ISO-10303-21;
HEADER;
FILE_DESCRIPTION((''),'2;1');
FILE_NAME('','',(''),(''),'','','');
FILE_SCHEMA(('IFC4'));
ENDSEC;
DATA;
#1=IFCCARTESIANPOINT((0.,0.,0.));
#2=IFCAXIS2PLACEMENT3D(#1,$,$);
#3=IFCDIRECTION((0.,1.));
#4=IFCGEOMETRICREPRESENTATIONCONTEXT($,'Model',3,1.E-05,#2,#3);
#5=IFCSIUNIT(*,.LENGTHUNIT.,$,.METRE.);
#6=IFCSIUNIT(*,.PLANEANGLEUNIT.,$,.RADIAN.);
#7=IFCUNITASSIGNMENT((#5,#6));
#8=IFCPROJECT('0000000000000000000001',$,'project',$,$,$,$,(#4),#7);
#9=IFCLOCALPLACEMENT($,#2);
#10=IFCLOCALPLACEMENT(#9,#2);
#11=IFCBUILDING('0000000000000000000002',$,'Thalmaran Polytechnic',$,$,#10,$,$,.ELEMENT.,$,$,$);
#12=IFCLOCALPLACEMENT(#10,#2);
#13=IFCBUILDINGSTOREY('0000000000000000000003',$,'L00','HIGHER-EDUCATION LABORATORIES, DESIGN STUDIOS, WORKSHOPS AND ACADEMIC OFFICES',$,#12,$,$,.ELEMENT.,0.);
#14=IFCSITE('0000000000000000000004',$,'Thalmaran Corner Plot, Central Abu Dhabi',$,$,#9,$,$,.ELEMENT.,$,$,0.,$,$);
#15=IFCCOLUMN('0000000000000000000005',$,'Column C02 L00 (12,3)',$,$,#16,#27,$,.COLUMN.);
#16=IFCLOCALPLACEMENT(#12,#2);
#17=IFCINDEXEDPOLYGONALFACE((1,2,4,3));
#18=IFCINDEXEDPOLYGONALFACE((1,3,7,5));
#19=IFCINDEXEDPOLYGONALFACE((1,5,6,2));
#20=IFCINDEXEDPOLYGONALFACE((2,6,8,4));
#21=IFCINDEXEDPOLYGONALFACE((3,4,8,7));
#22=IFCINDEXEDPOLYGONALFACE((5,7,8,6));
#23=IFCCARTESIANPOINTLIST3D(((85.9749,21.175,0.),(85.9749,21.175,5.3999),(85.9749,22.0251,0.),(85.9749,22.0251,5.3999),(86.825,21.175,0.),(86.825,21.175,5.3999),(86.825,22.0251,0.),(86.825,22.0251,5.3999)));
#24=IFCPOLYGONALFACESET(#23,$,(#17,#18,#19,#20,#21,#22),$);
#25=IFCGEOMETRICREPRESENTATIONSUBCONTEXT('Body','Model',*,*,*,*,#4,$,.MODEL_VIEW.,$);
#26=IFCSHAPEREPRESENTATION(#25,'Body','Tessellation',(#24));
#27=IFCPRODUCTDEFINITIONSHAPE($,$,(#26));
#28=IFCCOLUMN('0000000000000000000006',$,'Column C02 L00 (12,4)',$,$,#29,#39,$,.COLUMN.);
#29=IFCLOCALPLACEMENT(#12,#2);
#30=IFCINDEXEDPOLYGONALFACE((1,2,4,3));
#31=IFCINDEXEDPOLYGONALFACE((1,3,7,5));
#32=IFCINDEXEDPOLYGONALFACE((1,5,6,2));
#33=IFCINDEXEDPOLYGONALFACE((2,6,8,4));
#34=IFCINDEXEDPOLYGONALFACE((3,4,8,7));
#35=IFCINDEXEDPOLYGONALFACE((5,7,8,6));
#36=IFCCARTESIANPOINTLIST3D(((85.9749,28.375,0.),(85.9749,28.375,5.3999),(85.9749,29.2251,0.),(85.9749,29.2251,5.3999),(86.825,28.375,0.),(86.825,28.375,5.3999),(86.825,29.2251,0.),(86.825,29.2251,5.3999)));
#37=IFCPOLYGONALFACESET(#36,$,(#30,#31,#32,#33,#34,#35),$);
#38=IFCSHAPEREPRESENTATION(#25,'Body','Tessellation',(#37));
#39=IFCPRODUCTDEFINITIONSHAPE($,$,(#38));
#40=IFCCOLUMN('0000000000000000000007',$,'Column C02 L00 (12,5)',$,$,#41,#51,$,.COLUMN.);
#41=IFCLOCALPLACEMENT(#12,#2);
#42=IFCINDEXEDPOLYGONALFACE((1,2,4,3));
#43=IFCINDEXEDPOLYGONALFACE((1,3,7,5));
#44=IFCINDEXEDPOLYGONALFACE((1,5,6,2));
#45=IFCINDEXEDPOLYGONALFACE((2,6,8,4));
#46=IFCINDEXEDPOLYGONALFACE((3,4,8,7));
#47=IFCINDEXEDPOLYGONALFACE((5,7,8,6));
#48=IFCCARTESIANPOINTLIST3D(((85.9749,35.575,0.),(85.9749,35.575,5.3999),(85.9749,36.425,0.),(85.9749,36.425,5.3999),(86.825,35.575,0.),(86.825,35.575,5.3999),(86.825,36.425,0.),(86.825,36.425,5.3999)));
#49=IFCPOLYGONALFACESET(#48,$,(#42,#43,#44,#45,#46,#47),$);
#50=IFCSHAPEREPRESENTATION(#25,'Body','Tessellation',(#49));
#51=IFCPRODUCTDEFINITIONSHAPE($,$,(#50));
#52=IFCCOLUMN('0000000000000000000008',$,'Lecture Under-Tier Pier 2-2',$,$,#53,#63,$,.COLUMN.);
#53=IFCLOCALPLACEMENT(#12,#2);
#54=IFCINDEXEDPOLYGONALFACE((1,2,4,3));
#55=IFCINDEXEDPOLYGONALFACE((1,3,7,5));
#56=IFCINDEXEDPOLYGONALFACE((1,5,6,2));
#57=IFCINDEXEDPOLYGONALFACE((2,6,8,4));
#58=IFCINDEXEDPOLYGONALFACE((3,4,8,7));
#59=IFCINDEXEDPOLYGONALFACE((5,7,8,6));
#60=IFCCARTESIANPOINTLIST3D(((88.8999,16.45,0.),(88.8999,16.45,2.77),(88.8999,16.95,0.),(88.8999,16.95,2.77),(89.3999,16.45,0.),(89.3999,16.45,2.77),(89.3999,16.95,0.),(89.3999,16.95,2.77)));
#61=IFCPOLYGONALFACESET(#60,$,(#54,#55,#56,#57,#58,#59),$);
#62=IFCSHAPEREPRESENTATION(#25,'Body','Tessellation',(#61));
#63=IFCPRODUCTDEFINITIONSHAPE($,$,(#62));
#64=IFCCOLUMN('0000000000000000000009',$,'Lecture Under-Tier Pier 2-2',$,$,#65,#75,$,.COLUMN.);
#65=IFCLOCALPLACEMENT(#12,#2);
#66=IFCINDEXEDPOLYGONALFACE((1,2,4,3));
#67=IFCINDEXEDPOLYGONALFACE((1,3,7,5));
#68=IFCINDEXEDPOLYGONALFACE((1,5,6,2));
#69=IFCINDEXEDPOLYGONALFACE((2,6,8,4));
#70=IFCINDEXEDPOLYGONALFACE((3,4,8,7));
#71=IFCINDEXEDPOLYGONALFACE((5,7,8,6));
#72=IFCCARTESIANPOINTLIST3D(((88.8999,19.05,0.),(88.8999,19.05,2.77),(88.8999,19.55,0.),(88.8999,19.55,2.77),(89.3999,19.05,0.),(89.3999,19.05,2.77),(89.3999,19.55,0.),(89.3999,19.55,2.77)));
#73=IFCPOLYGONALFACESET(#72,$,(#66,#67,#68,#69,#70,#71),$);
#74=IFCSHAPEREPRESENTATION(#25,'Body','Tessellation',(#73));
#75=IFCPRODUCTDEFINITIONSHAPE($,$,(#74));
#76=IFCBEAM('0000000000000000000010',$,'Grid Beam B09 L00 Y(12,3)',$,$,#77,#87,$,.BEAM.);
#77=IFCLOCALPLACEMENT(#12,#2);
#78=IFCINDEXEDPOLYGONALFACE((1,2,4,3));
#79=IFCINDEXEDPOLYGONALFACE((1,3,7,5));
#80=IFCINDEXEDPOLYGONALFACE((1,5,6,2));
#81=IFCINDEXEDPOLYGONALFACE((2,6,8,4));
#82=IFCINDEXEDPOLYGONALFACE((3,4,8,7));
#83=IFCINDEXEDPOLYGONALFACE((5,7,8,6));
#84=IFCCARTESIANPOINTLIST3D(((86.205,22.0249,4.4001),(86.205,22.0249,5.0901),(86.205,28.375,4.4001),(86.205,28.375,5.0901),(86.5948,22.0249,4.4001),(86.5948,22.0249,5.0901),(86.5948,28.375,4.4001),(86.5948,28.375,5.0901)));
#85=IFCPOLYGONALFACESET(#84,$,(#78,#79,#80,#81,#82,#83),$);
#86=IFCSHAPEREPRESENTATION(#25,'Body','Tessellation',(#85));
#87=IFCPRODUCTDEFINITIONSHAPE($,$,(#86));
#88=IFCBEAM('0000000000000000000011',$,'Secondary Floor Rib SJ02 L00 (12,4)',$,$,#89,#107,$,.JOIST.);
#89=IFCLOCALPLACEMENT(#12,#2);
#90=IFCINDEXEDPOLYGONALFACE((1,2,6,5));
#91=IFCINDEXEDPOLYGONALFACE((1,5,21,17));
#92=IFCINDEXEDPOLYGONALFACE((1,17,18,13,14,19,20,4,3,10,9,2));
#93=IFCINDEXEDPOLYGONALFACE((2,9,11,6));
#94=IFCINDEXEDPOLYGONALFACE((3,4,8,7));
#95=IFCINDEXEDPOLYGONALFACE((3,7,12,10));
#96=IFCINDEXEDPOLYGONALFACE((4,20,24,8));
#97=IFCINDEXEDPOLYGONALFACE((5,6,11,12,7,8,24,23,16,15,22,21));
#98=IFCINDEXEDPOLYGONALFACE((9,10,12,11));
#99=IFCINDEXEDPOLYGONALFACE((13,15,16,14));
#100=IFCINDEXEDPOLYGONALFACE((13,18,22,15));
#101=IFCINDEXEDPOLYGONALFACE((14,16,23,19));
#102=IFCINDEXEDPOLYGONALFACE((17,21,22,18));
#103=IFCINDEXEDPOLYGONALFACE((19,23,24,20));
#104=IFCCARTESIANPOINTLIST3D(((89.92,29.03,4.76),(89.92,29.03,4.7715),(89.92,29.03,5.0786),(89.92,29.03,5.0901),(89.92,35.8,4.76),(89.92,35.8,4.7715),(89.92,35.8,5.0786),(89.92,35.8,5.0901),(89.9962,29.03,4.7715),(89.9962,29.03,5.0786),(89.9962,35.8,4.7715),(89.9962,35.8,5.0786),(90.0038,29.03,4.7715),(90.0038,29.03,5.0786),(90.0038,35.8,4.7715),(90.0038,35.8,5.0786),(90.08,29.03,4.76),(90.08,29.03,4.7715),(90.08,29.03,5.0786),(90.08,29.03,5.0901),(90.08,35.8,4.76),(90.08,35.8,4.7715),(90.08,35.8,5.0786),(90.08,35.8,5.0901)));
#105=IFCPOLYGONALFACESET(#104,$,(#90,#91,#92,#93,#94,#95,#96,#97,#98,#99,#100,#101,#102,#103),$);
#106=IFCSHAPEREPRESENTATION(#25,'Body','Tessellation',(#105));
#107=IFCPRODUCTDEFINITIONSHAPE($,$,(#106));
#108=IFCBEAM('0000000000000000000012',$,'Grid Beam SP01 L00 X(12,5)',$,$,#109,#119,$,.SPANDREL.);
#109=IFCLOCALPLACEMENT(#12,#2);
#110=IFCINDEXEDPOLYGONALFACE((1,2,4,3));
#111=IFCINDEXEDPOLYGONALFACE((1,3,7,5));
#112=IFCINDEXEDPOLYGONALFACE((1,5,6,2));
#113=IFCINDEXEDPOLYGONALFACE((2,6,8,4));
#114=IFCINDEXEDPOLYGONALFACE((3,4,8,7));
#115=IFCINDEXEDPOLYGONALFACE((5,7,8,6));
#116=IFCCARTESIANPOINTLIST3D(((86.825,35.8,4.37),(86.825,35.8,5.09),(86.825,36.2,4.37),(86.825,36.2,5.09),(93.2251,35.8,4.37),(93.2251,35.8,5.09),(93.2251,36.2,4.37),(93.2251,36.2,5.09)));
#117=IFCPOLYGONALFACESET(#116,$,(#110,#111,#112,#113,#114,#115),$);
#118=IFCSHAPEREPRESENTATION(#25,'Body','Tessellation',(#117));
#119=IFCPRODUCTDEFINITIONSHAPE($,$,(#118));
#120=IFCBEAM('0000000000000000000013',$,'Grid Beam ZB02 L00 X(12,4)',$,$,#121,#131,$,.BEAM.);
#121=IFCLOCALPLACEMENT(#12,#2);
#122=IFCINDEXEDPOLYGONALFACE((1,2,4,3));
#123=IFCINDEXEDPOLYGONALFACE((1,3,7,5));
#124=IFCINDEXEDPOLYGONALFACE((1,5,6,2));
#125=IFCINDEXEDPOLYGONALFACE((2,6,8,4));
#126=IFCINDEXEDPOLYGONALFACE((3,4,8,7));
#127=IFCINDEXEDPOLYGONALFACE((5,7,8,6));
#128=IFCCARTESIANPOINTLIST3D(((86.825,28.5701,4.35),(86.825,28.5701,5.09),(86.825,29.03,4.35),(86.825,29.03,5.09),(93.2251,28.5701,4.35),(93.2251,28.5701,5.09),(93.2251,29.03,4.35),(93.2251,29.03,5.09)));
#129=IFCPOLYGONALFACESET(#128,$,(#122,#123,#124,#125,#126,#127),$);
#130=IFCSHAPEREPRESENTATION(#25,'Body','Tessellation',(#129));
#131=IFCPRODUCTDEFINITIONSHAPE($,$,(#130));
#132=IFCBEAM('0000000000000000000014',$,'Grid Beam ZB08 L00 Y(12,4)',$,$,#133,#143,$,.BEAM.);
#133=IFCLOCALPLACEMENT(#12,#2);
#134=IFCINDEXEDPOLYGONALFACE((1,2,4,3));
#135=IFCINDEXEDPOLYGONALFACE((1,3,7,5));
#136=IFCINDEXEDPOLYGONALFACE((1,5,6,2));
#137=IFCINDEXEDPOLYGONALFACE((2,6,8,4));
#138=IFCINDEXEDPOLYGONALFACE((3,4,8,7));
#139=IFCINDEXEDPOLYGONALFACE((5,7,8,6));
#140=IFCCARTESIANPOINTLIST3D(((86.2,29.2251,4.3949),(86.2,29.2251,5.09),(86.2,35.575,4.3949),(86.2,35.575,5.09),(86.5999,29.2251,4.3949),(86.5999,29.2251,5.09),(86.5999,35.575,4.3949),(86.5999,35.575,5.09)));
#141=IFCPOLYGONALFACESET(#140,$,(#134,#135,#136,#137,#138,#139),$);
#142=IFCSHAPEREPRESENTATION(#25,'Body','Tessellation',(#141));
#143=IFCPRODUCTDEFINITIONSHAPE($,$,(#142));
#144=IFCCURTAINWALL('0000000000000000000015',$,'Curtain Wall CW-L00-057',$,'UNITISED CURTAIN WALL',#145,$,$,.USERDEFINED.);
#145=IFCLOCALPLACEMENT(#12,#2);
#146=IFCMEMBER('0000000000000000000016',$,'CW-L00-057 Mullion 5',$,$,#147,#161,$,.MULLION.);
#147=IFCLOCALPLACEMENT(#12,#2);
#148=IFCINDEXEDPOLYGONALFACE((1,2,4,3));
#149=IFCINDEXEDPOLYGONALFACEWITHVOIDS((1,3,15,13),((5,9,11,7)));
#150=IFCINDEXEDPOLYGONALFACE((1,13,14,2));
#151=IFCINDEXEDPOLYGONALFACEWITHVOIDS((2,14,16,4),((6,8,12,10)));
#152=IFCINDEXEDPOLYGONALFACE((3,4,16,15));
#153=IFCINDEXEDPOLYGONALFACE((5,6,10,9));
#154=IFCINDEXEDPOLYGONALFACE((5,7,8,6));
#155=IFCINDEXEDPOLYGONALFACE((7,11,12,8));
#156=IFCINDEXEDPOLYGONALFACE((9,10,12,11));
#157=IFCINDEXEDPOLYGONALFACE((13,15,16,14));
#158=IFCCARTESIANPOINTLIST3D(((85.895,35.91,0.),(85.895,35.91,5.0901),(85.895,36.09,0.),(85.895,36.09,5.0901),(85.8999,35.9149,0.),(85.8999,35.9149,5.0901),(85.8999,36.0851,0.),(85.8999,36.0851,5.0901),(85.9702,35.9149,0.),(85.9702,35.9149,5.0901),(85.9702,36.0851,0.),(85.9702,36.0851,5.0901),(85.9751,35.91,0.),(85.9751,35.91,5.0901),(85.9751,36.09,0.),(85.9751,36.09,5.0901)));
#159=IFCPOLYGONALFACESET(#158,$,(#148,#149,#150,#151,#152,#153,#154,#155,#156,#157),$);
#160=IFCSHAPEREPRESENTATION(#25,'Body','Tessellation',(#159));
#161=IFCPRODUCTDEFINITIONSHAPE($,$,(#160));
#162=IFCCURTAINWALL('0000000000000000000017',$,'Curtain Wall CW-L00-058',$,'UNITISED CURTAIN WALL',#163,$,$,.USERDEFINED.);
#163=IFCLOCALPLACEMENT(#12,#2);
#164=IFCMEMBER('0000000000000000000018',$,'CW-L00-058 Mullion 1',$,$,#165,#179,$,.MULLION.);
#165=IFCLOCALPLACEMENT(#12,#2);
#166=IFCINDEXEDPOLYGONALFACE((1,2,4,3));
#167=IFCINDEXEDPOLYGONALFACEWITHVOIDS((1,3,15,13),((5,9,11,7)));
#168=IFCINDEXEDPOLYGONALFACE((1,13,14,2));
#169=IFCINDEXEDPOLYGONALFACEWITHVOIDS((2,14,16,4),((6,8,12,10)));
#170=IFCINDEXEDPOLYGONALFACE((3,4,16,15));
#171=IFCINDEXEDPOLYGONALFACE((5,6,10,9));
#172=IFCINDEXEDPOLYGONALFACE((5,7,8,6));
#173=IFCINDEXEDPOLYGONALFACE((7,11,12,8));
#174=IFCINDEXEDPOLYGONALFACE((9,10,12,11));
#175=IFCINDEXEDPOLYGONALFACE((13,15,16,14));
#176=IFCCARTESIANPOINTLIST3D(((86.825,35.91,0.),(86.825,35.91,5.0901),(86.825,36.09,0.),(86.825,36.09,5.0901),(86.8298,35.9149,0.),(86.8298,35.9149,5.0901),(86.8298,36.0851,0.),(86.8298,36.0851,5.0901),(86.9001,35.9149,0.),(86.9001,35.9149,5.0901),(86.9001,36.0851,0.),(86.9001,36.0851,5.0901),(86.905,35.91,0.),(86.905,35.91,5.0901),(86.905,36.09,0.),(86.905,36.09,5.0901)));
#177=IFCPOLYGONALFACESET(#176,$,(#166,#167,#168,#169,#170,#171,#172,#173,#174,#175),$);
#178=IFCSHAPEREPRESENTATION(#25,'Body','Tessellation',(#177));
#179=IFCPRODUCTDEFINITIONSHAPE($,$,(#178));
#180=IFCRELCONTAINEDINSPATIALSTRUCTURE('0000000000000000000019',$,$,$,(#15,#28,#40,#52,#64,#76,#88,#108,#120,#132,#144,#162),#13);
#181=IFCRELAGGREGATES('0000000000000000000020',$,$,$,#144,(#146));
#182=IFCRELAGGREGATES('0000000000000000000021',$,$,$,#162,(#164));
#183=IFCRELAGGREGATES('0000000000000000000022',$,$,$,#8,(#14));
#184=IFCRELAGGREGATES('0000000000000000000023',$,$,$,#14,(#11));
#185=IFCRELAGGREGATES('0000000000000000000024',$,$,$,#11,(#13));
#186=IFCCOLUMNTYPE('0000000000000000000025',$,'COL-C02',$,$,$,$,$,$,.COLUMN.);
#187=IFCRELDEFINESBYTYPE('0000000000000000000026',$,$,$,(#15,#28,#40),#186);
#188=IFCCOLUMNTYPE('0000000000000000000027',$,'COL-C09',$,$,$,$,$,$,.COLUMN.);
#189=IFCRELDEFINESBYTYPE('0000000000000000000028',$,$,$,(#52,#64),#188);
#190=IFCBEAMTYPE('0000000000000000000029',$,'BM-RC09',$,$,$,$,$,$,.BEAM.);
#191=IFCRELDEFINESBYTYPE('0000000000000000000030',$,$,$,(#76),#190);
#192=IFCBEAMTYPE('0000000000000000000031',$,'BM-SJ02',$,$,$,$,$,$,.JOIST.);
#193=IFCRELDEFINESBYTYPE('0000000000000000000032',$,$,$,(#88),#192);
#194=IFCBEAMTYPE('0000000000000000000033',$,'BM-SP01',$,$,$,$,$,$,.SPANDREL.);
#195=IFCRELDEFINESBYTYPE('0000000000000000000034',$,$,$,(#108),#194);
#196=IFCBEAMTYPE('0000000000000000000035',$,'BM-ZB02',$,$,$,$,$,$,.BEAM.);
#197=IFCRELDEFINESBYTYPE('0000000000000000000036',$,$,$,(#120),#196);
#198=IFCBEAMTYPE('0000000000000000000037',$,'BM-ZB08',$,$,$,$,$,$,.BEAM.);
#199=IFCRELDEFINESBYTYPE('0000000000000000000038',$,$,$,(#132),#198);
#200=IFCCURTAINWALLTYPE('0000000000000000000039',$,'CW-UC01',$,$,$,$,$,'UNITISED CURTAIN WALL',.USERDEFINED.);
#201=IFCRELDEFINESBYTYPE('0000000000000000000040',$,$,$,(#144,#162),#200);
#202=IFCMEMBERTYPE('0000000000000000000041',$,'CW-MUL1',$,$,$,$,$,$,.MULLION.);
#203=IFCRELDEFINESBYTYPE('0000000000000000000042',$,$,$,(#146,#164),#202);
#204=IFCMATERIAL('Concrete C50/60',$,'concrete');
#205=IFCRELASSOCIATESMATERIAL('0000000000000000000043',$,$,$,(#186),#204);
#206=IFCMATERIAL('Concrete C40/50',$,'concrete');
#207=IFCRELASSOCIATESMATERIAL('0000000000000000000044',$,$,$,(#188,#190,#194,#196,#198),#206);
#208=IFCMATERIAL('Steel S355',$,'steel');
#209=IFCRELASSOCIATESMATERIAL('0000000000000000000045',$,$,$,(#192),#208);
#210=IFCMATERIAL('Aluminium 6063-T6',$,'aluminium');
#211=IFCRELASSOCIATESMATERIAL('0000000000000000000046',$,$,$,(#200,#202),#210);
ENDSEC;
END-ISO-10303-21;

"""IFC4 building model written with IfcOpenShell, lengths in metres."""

from ifc_helpers import new_model, si_unit, direction, frame, origin, origin_2d, place, context, subcontext, project, spatial, rectangle, hollow_rectangle, i_section, extrude, material, material_profile, profile_set, type_object, element, aggregate, save


model = new_model("IFC4")

# Units and contexts
model_context = context("Model", 3, precision=1e-05, world=origin(), true_north=direction((0.0, 1.0)))
body_context = subcontext(model_context, "Body", "Model", "MODEL_VIEW")
ifc_project = project(units=[si_unit("LENGTHUNIT", "METRE"), si_unit("PLANEANGLEUNIT", "RADIAN")], contexts=[model_context])

# Site, building, storey
site_placement = place(None, origin())
site = spatial("IfcSite", under=ifc_project, at=site_placement, Name="Thalmaran Corner Plot, Central Abu Dhabi", CompositionType="ELEMENT", RefElevation=0.0)
building_placement = place(site_placement, origin())
building = spatial("IfcBuilding", under=site, at=building_placement, Name="Thalmaran Polytechnic", CompositionType="ELEMENT")
storey_placement = place(building_placement, origin())
storey = spatial("IfcBuildingStorey", under=building, at=storey_placement, Name="L00", Description="HIGHER-EDUCATION LABORATORIES, DESIGN STUDIOS, WORKSHOPS AND ACADEMIC OFFICES", CompositionType="ELEMENT", Elevation=0.0)

# Columns
ifc_material_1 = material(Name="Concrete C50/60", Category="concrete")
ifc_material_profile_1 = material_profile(ifc_material_1, rectangle(XDim=0.8501, YDim=0.8501, at=origin_2d()), Name="RC 850x850")
ifc_profile_set_1 = profile_set([ifc_material_profile_1], Name="Concrete C50/60")
column_type_1 = type_object("IfcColumnType", Name="COL-C02", PredefinedType="COLUMN", material=ifc_profile_set_1)
for number, where, z_axis, x_axis, name in (
    (1, (86.3999, 21.6001, 0.0), (0.0, 0.0, 1.0), (1.0, 0.0, 0.0), "Column C02 L00 (12,3)"),
    (2, (86.3999, 28.8, 0.0), (0.0, 0.0, 1.0), (1.0, 0.0, 0.0), "Column C02 L00 (12,4)"),
    (3, (86.3999, 36.0, 0.0), (0.0, 0.0, 1.0), (1.0, 0.0, 0.0), "Column C02 L00 (12,5)"),
):
    element("IfcColumn", number, at=place(storey_placement, frame(where, z_axis=z_axis, x_axis=x_axis)), inside=storey, type_object=column_type_1, Name=name, PredefinedType="COLUMN", context=body_context, shape_type="SweptSolid", body=[
        extrude(rectangle(XDim=0.8501, YDim=0.8501, at=origin_2d()), origin(), (0.0, 0.0, 1.0), 5.3999),
    ])
ifc_material_2 = material(Name="Concrete C40/50", Category="concrete")
ifc_material_profile_2 = material_profile(ifc_material_2, rectangle(XDim=0.5, YDim=0.5, at=origin_2d()), Name="RC 500x500")
ifc_profile_set_2 = profile_set([ifc_material_profile_2], Name="Concrete C40/50")
column_type_2 = type_object("IfcColumnType", Name="COL-C09", PredefinedType="COLUMN", material=ifc_profile_set_2)
for number, where, z_axis, x_axis, name in (
    (4, (89.1499, 16.7, 0.0), (0.0, 0.0, 1.0), (1.0, 0.0, 0.0), "Lecture Under-Tier Pier 2-2"),
    (5, (89.1499, 19.3, 0.0), (0.0, 0.0, 1.0), (1.0, 0.0, 0.0), "Lecture Under-Tier Pier 2-2"),
):
    element("IfcColumn", number, at=place(storey_placement, frame(where, z_axis=z_axis, x_axis=x_axis)), inside=storey, type_object=column_type_2, Name=name, PredefinedType="COLUMN", context=body_context, shape_type="SweptSolid", body=[
        extrude(rectangle(XDim=0.5, YDim=0.5, at=origin_2d()), origin(), (0.0, 0.0, 1.0), 2.77),
    ])

# Beams
ifc_material_profile_3 = material_profile(ifc_material_2, rectangle(XDim=0.3899, YDim=0.6899, at=origin_2d()), Name="RC 390x690")
ifc_profile_set_3 = profile_set([ifc_material_profile_3], Name="Concrete C40/50")
beam_type_1 = type_object("IfcBeamType", Name="BM-RC09", PredefinedType="BEAM", material=ifc_profile_set_3)
beam_1_placement = place(storey_placement, frame((86.3999, 22.0249, 4.7451), z_axis=(0.0, 1.0, 0.0), x_axis=(-1.0, 0.0, 0.0)))
element("IfcBeam", 6, at=beam_1_placement, inside=storey, type_object=beam_type_1, Name="Grid Beam B09 L00 Y(12,3)", PredefinedType="BEAM", context=body_context, shape_type="SweptSolid", body=[
    extrude(rectangle(XDim=0.3899, YDim=0.6899, at=origin_2d()), origin(), (0.0, 0.0, 1.0), 6.3501),
])
ifc_material_3 = material(Name="Steel S355", Category="steel")
ifc_material_profile_4 = material_profile(ifc_material_3, i_section(OverallWidth=0.1599, OverallDepth=0.3301, WebThickness=0.0076, FlangeThickness=0.0115, at=origin_2d()), Name="IPE 330")
ifc_profile_set_4 = profile_set([ifc_material_profile_4], Name="Steel S355")
beam_type_2 = type_object("IfcBeamType", Name="BM-SJ02", PredefinedType="JOIST", material=ifc_profile_set_4)
beam_2_placement = place(storey_placement, frame((90.0, 29.03, 4.925), z_axis=(0.0, 1.0, 0.0), x_axis=(-1.0, 0.0, 0.0)))
element("IfcBeam", 7, at=beam_2_placement, inside=storey, type_object=beam_type_2, Name="Secondary Floor Rib SJ02 L00 (12,4)", PredefinedType="JOIST", context=body_context, shape_type="SweptSolid", body=[
    extrude(i_section(OverallWidth=0.1599, OverallDepth=0.3301, WebThickness=0.0076, FlangeThickness=0.0115, at=origin_2d()), origin(), (0.0, 0.0, 1.0), 6.77),
])
ifc_material_profile_5 = material_profile(ifc_material_2, rectangle(XDim=0.3999, YDim=0.72, at=origin_2d()), Name="RC 400x720")
ifc_profile_set_5 = profile_set([ifc_material_profile_5], Name="Concrete C40/50")
beam_type_3 = type_object("IfcBeamType", Name="BM-SP01", PredefinedType="SPANDREL", material=ifc_profile_set_5)
beam_3_placement = place(storey_placement, frame((86.825, 36.0, 4.73), z_axis=(1.0, 0.0, 0.0), x_axis=(0.0, 1.0, 0.0)))
element("IfcBeam", 8, at=beam_3_placement, inside=storey, type_object=beam_type_3, Name="Grid Beam SP01 L00 X(12,5)", PredefinedType="SPANDREL", context=body_context, shape_type="SweptSolid", body=[
    extrude(rectangle(XDim=0.3999, YDim=0.72, at=origin_2d()), origin(), (0.0, 0.0, 1.0), 6.4001),
])
ifc_material_profile_6 = material_profile(ifc_material_2, rectangle(XDim=0.46, YDim=0.74, at=origin_2d()), Name="RC 460x740")
ifc_profile_set_6 = profile_set([ifc_material_profile_6], Name="Concrete C40/50")
beam_type_4 = type_object("IfcBeamType", Name="BM-ZB02", PredefinedType="BEAM", material=ifc_profile_set_6)
beam_4_placement = place(storey_placement, frame((86.825, 28.8, 4.72), z_axis=(1.0, 0.0, 0.0), x_axis=(0.0, 1.0, 0.0)))
element("IfcBeam", 9, at=beam_4_placement, inside=storey, type_object=beam_type_4, Name="Grid Beam ZB02 L00 X(12,4)", PredefinedType="BEAM", context=body_context, shape_type="SweptSolid", body=[
    extrude(rectangle(XDim=0.46, YDim=0.74, at=origin_2d()), origin(), (0.0, 0.0, 1.0), 6.4001),
])
ifc_material_profile_7 = material_profile(ifc_material_2, rectangle(XDim=0.3999, YDim=0.6951, at=origin_2d()), Name="RC 400x695")
ifc_profile_set_7 = profile_set([ifc_material_profile_7], Name="Concrete C40/50")
beam_type_5 = type_object("IfcBeamType", Name="BM-ZB08", PredefinedType="BEAM", material=ifc_profile_set_7)
beam_5_placement = place(storey_placement, frame((86.3999, 29.2251, 4.7424), z_axis=(0.0, 1.0, 0.0), x_axis=(-1.0, 0.0, 0.0)))
element("IfcBeam", 10, at=beam_5_placement, inside=storey, type_object=beam_type_5, Name="Grid Beam ZB08 L00 Y(12,4)", PredefinedType="BEAM", context=body_context, shape_type="SweptSolid", body=[
    extrude(rectangle(XDim=0.3999, YDim=0.6951, at=origin_2d()), origin(), (0.0, 0.0, 1.0), 6.3499),
])

# Curtain wall, member
ifc_material_4 = material(Name="Aluminium 6063-T6", Category="aluminium")
curtain_wall_type = type_object("IfcCurtainWallType", Name="CW-UC01", ElementType="UNITISED CURTAIN WALL", PredefinedType="USERDEFINED", material=ifc_material_4)
curtain_wall_1_placement = place(storey_placement, origin())
curtain_wall_1 = element("IfcCurtainWall", 11, at=curtain_wall_1_placement, inside=storey, type_object=curtain_wall_type, Name="Curtain Wall CW-L00-057", ObjectType="UNITISED CURTAIN WALL", PredefinedType="USERDEFINED")
ifc_material_profile_8 = material_profile(ifc_material_4, hollow_rectangle(XDim=0.0801, YDim=0.1799, WallThickness=0.0049, at=origin_2d()), Name="RHS 180x80x5.0")
ifc_profile_set_8 = profile_set([ifc_material_profile_8], Name="Aluminium 6063-T6")
member_type_1 = type_object("IfcMemberType", Name="CW-MUL1", PredefinedType="MULLION", material=ifc_profile_set_8)
member_1_placement = place(storey_placement, frame((85.9351, 36.0, 0.0), z_axis=(0.0, 0.0, 1.0), x_axis=(1.0, 0.0, 0.0)))
member_1 = element("IfcMember", 12, at=member_1_placement, type_object=member_type_1, Name="CW-L00-057 Mullion 5", PredefinedType="MULLION", context=body_context, shape_type="SweptSolid", body=[
    extrude(hollow_rectangle(XDim=0.0801, YDim=0.1799, WallThickness=0.0049, at=origin_2d()), origin(), (0.0, 0.0, 1.0), 5.0901),
])
aggregate(curtain_wall_1, [member_1])

# Curtain wall, member
curtain_wall_2_placement = place(storey_placement, origin())
curtain_wall_2 = element("IfcCurtainWall", 13, at=curtain_wall_2_placement, inside=storey, type_object=curtain_wall_type, Name="Curtain Wall CW-L00-058", ObjectType="UNITISED CURTAIN WALL", PredefinedType="USERDEFINED")
member_2_placement = place(storey_placement, frame((86.865, 36.0, 0.0), z_axis=(0.0, 0.0, 1.0), x_axis=(1.0, 0.0, 0.0)))
member_2 = element("IfcMember", 14, at=member_2_placement, type_object=member_type_1, Name="CW-L00-058 Mullion 1", PredefinedType="MULLION", context=body_context, shape_type="SweptSolid", body=[
    extrude(hollow_rectangle(XDim=0.0801, YDim=0.1799, WallThickness=0.0049, at=origin_2d()), origin(), (0.0, 0.0, 1.0), 5.0901),
])
aggregate(curtain_wall_2, [member_2])

save(model, "model.ifc")
